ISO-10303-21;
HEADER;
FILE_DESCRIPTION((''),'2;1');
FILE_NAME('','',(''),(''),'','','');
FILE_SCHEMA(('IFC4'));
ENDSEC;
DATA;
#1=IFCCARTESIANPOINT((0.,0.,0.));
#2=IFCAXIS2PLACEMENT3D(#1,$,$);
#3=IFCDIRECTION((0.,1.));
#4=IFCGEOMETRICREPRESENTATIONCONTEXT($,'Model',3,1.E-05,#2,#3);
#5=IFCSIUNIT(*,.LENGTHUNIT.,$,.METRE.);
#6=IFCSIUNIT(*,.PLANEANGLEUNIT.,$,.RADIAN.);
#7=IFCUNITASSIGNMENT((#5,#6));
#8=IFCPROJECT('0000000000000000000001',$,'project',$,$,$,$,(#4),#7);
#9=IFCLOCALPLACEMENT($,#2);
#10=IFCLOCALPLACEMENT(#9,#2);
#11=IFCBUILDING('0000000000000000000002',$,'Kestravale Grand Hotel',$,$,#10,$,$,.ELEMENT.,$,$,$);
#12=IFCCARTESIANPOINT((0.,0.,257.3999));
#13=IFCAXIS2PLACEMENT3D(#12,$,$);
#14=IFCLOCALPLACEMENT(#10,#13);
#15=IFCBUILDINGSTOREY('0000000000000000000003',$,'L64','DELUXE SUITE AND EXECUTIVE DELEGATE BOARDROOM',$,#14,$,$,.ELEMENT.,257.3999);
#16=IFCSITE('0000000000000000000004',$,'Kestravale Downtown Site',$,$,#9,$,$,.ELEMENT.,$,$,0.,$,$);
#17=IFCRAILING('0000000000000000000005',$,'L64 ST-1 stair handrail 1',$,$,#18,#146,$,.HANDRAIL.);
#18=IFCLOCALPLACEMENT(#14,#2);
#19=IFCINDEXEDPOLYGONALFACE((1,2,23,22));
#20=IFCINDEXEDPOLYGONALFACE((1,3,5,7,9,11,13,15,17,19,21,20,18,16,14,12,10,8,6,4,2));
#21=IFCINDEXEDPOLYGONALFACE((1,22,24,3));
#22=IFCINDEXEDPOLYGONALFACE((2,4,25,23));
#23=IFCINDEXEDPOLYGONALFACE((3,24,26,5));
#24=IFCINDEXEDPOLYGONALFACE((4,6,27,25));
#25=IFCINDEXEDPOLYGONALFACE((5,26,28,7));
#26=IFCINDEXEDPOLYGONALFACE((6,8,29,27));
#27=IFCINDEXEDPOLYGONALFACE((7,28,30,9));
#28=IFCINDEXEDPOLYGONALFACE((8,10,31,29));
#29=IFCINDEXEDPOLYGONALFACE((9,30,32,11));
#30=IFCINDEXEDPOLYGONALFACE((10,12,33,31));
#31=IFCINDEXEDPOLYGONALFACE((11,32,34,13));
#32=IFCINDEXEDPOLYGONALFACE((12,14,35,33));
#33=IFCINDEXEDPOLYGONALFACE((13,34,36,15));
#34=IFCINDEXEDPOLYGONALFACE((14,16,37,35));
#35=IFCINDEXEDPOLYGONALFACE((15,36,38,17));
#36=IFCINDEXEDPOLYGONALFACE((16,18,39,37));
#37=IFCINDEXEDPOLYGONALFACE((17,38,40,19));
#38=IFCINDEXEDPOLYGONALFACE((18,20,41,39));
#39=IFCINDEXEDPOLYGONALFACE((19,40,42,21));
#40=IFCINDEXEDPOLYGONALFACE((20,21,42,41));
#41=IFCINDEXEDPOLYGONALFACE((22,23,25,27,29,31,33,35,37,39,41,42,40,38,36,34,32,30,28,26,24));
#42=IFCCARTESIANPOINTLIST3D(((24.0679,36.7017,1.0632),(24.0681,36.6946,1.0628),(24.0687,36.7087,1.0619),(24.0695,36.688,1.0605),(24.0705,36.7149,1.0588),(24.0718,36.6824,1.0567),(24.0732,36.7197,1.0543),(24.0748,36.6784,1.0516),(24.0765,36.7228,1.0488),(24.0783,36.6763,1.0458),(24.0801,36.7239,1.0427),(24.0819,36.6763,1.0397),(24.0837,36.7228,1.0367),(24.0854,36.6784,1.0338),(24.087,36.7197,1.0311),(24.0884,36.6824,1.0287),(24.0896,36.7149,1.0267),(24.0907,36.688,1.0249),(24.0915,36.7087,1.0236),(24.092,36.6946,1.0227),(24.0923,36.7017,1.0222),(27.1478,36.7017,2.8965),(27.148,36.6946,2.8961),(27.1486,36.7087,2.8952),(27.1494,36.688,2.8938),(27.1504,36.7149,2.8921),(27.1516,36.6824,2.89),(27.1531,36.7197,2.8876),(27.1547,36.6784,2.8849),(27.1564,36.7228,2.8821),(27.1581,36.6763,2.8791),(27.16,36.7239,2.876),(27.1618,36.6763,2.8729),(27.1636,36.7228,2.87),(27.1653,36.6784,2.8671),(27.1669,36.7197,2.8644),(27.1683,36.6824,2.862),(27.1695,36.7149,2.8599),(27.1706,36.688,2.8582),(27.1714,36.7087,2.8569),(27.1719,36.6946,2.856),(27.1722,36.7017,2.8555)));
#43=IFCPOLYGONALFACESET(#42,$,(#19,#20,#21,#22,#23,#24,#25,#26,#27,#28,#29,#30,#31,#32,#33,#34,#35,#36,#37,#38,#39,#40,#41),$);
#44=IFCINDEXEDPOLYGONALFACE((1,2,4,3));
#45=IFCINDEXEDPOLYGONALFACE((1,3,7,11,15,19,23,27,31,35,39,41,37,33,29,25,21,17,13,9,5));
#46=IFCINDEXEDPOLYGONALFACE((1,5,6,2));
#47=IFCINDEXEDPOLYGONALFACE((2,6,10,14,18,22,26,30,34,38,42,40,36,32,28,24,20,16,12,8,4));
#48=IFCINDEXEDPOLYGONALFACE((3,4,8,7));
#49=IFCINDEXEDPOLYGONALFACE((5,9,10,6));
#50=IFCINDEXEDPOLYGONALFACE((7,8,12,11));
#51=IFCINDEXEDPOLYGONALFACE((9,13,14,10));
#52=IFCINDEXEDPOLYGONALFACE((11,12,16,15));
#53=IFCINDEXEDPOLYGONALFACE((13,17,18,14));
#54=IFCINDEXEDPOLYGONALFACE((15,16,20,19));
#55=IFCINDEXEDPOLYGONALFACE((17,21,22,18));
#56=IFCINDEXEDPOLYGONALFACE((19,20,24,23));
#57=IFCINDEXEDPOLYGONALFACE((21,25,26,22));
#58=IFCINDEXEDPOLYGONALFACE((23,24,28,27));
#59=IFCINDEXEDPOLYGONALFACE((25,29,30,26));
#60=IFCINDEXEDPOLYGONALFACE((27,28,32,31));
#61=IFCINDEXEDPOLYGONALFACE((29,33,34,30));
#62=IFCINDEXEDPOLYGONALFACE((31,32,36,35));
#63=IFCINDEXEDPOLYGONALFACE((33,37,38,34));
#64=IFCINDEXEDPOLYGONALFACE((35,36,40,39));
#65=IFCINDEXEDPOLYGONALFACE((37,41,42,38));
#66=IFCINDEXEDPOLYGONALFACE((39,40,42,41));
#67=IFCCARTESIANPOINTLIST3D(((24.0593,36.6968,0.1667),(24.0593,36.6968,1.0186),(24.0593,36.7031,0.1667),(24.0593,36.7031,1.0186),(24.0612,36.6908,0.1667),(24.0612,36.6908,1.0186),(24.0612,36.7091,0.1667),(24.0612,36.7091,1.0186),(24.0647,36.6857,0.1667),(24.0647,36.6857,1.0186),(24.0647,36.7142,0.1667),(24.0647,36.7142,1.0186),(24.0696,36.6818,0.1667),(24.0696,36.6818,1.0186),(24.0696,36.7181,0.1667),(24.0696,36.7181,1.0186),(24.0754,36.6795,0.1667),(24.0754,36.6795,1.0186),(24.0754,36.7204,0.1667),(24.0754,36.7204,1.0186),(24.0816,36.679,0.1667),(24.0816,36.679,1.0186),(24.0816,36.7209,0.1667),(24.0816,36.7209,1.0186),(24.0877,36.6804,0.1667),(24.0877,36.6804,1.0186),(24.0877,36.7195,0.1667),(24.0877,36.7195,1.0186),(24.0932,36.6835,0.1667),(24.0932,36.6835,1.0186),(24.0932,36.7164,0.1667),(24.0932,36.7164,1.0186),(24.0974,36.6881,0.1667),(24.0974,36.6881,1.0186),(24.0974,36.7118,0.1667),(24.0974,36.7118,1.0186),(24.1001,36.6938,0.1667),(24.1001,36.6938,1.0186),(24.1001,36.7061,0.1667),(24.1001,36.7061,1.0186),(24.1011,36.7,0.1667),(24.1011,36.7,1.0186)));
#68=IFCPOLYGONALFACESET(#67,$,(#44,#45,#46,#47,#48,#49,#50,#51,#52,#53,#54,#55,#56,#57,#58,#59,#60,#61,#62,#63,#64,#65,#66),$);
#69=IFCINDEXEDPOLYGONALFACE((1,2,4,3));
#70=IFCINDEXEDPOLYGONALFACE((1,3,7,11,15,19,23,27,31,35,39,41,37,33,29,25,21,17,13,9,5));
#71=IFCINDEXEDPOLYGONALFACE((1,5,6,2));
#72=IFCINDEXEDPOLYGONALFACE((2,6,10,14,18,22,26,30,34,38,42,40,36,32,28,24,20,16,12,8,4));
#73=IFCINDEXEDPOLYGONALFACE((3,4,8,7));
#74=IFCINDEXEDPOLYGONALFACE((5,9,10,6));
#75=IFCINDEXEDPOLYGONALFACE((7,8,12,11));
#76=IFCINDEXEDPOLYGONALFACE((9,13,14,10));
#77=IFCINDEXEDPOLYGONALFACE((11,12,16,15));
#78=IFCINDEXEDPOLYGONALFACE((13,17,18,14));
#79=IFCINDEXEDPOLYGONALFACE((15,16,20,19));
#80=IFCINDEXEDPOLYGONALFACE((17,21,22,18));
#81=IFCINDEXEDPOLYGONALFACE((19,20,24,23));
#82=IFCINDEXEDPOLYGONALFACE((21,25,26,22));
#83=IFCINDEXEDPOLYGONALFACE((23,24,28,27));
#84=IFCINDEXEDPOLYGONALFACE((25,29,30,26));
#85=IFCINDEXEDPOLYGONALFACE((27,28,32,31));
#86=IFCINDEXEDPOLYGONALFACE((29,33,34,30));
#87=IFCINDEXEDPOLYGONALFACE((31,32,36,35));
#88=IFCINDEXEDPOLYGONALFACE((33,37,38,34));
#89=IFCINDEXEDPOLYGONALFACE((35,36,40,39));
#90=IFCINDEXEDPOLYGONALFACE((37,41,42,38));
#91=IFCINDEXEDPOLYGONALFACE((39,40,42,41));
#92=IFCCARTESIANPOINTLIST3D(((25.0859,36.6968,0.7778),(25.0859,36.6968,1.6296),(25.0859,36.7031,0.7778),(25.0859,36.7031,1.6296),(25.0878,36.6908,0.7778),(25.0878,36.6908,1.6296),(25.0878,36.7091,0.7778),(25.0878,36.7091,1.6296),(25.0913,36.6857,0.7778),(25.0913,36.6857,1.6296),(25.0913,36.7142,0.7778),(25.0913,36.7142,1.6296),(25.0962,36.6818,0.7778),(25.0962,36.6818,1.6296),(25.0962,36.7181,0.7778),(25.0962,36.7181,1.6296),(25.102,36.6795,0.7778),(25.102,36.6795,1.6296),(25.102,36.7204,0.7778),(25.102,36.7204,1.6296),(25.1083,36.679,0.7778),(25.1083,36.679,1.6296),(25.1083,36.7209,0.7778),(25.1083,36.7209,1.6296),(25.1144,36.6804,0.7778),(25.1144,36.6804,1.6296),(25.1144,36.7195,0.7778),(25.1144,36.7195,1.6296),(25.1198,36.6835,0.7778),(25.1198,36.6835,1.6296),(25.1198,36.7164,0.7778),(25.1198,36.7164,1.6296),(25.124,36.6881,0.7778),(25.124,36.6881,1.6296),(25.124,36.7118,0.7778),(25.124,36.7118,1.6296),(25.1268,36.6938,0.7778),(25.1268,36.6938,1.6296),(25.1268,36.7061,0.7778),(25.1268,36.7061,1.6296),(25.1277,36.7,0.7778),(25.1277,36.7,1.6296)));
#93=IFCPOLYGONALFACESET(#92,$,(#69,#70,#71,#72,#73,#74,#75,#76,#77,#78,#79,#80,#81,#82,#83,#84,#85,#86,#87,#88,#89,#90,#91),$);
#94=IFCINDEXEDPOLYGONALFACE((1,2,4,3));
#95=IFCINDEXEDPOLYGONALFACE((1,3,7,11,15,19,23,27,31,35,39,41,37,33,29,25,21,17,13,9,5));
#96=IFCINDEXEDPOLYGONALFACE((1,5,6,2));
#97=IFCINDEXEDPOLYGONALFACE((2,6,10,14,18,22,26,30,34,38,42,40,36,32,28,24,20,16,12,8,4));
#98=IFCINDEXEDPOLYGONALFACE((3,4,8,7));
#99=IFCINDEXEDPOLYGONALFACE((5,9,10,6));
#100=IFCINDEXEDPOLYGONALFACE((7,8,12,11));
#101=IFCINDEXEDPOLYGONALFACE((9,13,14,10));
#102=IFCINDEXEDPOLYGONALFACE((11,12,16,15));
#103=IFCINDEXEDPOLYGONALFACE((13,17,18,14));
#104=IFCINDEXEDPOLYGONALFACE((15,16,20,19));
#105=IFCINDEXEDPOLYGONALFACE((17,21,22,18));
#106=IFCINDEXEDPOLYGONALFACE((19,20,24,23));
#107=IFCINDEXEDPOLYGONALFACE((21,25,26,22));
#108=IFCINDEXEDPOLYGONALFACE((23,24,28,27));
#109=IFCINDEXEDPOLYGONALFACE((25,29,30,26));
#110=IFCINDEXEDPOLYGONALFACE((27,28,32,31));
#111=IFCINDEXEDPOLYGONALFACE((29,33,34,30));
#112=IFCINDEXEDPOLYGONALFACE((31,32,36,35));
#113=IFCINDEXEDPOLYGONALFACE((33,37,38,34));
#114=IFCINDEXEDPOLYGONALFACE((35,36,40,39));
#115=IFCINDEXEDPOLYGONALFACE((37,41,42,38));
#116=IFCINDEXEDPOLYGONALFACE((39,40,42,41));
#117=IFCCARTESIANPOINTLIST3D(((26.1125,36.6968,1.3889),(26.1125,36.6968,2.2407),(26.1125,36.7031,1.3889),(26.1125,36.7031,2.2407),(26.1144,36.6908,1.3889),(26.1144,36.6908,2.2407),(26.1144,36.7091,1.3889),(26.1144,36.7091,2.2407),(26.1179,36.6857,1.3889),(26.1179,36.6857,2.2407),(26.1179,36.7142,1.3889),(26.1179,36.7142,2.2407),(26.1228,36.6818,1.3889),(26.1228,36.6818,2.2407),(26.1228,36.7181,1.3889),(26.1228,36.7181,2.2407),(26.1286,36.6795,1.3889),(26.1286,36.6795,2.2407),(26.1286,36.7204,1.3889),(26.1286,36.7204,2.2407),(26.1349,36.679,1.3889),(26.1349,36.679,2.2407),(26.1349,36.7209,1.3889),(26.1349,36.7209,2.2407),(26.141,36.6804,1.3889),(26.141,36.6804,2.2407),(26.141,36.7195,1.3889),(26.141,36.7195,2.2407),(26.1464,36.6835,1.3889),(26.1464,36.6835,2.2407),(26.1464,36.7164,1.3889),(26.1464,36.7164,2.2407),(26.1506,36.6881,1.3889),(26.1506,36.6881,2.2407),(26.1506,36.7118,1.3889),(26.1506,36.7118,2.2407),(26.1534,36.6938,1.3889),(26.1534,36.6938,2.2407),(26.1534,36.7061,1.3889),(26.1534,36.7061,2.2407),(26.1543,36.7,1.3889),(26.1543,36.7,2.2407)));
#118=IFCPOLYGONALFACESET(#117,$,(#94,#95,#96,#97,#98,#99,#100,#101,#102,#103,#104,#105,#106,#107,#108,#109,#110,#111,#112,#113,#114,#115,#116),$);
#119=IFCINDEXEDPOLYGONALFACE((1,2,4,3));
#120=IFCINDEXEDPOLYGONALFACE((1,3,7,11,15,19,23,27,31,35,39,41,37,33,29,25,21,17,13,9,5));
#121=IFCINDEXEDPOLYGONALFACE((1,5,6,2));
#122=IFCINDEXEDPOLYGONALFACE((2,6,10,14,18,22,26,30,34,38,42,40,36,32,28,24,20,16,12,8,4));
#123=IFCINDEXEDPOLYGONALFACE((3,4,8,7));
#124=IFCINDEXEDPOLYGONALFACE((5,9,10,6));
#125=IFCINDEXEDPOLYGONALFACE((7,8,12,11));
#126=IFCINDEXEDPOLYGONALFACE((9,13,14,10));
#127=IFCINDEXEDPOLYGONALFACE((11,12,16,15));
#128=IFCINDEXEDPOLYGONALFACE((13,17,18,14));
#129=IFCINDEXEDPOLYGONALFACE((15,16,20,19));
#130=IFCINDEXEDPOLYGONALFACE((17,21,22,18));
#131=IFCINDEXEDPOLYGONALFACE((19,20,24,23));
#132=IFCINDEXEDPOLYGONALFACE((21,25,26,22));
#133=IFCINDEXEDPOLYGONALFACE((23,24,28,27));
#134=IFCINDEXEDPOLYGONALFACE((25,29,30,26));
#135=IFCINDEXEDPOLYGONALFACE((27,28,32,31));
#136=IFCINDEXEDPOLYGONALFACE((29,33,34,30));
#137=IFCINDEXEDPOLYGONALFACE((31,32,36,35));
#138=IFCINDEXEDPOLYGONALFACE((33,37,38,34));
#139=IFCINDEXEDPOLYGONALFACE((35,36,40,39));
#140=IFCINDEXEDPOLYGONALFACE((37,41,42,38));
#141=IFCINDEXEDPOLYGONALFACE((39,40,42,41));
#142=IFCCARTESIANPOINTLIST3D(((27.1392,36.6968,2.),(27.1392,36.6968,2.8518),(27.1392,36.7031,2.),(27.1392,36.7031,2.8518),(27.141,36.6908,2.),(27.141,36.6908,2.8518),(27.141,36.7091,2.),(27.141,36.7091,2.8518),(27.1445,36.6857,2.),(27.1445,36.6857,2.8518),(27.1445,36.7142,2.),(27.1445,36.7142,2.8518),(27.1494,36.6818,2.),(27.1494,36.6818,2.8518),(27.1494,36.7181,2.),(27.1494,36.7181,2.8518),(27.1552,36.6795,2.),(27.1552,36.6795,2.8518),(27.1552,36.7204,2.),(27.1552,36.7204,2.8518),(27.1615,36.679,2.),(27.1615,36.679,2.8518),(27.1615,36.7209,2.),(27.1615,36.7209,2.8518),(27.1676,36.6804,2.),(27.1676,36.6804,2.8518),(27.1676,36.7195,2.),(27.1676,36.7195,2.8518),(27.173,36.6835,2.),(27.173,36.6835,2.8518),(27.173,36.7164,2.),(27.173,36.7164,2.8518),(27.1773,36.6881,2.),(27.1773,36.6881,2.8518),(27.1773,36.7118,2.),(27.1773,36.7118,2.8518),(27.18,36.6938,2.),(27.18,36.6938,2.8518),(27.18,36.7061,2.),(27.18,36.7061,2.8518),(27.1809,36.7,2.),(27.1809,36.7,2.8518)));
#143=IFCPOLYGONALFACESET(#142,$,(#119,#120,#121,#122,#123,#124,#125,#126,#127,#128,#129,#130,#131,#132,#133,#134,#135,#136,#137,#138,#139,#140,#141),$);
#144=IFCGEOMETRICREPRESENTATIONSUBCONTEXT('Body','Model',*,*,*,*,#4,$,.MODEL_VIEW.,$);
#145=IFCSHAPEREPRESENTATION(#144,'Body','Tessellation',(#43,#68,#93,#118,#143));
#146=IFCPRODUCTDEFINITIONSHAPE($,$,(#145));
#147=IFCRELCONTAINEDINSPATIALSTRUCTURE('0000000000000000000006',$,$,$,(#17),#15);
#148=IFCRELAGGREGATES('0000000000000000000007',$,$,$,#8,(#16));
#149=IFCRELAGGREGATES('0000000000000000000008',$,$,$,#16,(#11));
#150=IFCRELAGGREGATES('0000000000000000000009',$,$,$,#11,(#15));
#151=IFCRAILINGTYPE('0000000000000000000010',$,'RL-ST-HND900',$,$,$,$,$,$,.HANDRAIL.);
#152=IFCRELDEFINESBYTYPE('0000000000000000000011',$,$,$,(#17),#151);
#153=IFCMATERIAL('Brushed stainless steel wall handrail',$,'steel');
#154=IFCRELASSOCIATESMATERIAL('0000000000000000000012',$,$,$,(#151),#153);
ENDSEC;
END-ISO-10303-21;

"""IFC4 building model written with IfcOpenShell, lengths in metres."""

from ifc_helpers import new_model, si_unit, direction, frame, origin, origin_2d, place, context, subcontext, project, spatial, circle, extrude, material, type_object, element, save


model = new_model("IFC4")

# Units and contexts
model_context = context("Model", 3, precision=1e-05, world=origin(), true_north=direction((0.0, 1.0)))
body_context = subcontext(model_context, "Body", "Model", "MODEL_VIEW")
ifc_project = project(units=[si_unit("LENGTHUNIT", "METRE"), si_unit("PLANEANGLEUNIT", "RADIAN")], contexts=[model_context])

# Site, building, storey
site_placement = place(None, origin())
site = spatial("IfcSite", under=ifc_project, at=site_placement, Name="Kestravale Downtown Site", CompositionType="ELEMENT", RefElevation=0.0)
building_placement = place(site_placement, origin())
building = spatial("IfcBuilding", under=site, at=building_placement, Name="Kestravale Grand Hotel", CompositionType="ELEMENT")
storey_placement = place(building_placement, frame((0.0, 0.0, 257.3999)))
storey = spatial("IfcBuildingStorey", under=building, at=storey_placement, Name="L64", Description="DELUXE SUITE AND EXECUTIVE DELEGATE BOARDROOM", CompositionType="ELEMENT", Elevation=257.3999)

# Railing
ifc_material_1 = material(Name="Brushed stainless steel wall handrail", Category="steel")
railing_type_1 = type_object("IfcRailingType", Name="RL-ST-HND900", PredefinedType="HANDRAIL", material=ifc_material_1)
railing_1_placement = place(storey_placement, frame((24.0801, 36.7, 0.1667)))
element("IfcRailing", 1, at=railing_1_placement, inside=storey, type_object=railing_type_1, Name="L64 ST-1 stair handrail 1", PredefinedType="HANDRAIL", context=body_context, shape_type="SweptSolid", body=[
    extrude(circle(Radius=0.0239, at=origin_2d()), frame((0.0, 0.0, 0.876), z_axis=(0.859291, 0.0, 0.511487), x_axis=(0.0, 1.0, 0.0)), (0.0, 0.0, 1.0), 3.5842),
    extrude(circle(Radius=0.021, at=origin_2d()), origin(), (0.0, 0.0, 1.0), 0.8518),
    extrude(circle(Radius=0.021, at=origin_2d()), frame((1.0266, 0.0, 0.6111)), (0.0, 0.0, 1.0), 0.8518),
    extrude(circle(Radius=0.021, at=origin_2d()), frame((2.0532, 0.0, 1.2222)), (0.0, 0.0, 1.0), 0.8518),
    extrude(circle(Radius=0.021, at=origin_2d()), frame((3.0798, 0.0, 1.8333)), (0.0, 0.0, 1.0), 0.8518),
])

save(model, "model.ifc")
